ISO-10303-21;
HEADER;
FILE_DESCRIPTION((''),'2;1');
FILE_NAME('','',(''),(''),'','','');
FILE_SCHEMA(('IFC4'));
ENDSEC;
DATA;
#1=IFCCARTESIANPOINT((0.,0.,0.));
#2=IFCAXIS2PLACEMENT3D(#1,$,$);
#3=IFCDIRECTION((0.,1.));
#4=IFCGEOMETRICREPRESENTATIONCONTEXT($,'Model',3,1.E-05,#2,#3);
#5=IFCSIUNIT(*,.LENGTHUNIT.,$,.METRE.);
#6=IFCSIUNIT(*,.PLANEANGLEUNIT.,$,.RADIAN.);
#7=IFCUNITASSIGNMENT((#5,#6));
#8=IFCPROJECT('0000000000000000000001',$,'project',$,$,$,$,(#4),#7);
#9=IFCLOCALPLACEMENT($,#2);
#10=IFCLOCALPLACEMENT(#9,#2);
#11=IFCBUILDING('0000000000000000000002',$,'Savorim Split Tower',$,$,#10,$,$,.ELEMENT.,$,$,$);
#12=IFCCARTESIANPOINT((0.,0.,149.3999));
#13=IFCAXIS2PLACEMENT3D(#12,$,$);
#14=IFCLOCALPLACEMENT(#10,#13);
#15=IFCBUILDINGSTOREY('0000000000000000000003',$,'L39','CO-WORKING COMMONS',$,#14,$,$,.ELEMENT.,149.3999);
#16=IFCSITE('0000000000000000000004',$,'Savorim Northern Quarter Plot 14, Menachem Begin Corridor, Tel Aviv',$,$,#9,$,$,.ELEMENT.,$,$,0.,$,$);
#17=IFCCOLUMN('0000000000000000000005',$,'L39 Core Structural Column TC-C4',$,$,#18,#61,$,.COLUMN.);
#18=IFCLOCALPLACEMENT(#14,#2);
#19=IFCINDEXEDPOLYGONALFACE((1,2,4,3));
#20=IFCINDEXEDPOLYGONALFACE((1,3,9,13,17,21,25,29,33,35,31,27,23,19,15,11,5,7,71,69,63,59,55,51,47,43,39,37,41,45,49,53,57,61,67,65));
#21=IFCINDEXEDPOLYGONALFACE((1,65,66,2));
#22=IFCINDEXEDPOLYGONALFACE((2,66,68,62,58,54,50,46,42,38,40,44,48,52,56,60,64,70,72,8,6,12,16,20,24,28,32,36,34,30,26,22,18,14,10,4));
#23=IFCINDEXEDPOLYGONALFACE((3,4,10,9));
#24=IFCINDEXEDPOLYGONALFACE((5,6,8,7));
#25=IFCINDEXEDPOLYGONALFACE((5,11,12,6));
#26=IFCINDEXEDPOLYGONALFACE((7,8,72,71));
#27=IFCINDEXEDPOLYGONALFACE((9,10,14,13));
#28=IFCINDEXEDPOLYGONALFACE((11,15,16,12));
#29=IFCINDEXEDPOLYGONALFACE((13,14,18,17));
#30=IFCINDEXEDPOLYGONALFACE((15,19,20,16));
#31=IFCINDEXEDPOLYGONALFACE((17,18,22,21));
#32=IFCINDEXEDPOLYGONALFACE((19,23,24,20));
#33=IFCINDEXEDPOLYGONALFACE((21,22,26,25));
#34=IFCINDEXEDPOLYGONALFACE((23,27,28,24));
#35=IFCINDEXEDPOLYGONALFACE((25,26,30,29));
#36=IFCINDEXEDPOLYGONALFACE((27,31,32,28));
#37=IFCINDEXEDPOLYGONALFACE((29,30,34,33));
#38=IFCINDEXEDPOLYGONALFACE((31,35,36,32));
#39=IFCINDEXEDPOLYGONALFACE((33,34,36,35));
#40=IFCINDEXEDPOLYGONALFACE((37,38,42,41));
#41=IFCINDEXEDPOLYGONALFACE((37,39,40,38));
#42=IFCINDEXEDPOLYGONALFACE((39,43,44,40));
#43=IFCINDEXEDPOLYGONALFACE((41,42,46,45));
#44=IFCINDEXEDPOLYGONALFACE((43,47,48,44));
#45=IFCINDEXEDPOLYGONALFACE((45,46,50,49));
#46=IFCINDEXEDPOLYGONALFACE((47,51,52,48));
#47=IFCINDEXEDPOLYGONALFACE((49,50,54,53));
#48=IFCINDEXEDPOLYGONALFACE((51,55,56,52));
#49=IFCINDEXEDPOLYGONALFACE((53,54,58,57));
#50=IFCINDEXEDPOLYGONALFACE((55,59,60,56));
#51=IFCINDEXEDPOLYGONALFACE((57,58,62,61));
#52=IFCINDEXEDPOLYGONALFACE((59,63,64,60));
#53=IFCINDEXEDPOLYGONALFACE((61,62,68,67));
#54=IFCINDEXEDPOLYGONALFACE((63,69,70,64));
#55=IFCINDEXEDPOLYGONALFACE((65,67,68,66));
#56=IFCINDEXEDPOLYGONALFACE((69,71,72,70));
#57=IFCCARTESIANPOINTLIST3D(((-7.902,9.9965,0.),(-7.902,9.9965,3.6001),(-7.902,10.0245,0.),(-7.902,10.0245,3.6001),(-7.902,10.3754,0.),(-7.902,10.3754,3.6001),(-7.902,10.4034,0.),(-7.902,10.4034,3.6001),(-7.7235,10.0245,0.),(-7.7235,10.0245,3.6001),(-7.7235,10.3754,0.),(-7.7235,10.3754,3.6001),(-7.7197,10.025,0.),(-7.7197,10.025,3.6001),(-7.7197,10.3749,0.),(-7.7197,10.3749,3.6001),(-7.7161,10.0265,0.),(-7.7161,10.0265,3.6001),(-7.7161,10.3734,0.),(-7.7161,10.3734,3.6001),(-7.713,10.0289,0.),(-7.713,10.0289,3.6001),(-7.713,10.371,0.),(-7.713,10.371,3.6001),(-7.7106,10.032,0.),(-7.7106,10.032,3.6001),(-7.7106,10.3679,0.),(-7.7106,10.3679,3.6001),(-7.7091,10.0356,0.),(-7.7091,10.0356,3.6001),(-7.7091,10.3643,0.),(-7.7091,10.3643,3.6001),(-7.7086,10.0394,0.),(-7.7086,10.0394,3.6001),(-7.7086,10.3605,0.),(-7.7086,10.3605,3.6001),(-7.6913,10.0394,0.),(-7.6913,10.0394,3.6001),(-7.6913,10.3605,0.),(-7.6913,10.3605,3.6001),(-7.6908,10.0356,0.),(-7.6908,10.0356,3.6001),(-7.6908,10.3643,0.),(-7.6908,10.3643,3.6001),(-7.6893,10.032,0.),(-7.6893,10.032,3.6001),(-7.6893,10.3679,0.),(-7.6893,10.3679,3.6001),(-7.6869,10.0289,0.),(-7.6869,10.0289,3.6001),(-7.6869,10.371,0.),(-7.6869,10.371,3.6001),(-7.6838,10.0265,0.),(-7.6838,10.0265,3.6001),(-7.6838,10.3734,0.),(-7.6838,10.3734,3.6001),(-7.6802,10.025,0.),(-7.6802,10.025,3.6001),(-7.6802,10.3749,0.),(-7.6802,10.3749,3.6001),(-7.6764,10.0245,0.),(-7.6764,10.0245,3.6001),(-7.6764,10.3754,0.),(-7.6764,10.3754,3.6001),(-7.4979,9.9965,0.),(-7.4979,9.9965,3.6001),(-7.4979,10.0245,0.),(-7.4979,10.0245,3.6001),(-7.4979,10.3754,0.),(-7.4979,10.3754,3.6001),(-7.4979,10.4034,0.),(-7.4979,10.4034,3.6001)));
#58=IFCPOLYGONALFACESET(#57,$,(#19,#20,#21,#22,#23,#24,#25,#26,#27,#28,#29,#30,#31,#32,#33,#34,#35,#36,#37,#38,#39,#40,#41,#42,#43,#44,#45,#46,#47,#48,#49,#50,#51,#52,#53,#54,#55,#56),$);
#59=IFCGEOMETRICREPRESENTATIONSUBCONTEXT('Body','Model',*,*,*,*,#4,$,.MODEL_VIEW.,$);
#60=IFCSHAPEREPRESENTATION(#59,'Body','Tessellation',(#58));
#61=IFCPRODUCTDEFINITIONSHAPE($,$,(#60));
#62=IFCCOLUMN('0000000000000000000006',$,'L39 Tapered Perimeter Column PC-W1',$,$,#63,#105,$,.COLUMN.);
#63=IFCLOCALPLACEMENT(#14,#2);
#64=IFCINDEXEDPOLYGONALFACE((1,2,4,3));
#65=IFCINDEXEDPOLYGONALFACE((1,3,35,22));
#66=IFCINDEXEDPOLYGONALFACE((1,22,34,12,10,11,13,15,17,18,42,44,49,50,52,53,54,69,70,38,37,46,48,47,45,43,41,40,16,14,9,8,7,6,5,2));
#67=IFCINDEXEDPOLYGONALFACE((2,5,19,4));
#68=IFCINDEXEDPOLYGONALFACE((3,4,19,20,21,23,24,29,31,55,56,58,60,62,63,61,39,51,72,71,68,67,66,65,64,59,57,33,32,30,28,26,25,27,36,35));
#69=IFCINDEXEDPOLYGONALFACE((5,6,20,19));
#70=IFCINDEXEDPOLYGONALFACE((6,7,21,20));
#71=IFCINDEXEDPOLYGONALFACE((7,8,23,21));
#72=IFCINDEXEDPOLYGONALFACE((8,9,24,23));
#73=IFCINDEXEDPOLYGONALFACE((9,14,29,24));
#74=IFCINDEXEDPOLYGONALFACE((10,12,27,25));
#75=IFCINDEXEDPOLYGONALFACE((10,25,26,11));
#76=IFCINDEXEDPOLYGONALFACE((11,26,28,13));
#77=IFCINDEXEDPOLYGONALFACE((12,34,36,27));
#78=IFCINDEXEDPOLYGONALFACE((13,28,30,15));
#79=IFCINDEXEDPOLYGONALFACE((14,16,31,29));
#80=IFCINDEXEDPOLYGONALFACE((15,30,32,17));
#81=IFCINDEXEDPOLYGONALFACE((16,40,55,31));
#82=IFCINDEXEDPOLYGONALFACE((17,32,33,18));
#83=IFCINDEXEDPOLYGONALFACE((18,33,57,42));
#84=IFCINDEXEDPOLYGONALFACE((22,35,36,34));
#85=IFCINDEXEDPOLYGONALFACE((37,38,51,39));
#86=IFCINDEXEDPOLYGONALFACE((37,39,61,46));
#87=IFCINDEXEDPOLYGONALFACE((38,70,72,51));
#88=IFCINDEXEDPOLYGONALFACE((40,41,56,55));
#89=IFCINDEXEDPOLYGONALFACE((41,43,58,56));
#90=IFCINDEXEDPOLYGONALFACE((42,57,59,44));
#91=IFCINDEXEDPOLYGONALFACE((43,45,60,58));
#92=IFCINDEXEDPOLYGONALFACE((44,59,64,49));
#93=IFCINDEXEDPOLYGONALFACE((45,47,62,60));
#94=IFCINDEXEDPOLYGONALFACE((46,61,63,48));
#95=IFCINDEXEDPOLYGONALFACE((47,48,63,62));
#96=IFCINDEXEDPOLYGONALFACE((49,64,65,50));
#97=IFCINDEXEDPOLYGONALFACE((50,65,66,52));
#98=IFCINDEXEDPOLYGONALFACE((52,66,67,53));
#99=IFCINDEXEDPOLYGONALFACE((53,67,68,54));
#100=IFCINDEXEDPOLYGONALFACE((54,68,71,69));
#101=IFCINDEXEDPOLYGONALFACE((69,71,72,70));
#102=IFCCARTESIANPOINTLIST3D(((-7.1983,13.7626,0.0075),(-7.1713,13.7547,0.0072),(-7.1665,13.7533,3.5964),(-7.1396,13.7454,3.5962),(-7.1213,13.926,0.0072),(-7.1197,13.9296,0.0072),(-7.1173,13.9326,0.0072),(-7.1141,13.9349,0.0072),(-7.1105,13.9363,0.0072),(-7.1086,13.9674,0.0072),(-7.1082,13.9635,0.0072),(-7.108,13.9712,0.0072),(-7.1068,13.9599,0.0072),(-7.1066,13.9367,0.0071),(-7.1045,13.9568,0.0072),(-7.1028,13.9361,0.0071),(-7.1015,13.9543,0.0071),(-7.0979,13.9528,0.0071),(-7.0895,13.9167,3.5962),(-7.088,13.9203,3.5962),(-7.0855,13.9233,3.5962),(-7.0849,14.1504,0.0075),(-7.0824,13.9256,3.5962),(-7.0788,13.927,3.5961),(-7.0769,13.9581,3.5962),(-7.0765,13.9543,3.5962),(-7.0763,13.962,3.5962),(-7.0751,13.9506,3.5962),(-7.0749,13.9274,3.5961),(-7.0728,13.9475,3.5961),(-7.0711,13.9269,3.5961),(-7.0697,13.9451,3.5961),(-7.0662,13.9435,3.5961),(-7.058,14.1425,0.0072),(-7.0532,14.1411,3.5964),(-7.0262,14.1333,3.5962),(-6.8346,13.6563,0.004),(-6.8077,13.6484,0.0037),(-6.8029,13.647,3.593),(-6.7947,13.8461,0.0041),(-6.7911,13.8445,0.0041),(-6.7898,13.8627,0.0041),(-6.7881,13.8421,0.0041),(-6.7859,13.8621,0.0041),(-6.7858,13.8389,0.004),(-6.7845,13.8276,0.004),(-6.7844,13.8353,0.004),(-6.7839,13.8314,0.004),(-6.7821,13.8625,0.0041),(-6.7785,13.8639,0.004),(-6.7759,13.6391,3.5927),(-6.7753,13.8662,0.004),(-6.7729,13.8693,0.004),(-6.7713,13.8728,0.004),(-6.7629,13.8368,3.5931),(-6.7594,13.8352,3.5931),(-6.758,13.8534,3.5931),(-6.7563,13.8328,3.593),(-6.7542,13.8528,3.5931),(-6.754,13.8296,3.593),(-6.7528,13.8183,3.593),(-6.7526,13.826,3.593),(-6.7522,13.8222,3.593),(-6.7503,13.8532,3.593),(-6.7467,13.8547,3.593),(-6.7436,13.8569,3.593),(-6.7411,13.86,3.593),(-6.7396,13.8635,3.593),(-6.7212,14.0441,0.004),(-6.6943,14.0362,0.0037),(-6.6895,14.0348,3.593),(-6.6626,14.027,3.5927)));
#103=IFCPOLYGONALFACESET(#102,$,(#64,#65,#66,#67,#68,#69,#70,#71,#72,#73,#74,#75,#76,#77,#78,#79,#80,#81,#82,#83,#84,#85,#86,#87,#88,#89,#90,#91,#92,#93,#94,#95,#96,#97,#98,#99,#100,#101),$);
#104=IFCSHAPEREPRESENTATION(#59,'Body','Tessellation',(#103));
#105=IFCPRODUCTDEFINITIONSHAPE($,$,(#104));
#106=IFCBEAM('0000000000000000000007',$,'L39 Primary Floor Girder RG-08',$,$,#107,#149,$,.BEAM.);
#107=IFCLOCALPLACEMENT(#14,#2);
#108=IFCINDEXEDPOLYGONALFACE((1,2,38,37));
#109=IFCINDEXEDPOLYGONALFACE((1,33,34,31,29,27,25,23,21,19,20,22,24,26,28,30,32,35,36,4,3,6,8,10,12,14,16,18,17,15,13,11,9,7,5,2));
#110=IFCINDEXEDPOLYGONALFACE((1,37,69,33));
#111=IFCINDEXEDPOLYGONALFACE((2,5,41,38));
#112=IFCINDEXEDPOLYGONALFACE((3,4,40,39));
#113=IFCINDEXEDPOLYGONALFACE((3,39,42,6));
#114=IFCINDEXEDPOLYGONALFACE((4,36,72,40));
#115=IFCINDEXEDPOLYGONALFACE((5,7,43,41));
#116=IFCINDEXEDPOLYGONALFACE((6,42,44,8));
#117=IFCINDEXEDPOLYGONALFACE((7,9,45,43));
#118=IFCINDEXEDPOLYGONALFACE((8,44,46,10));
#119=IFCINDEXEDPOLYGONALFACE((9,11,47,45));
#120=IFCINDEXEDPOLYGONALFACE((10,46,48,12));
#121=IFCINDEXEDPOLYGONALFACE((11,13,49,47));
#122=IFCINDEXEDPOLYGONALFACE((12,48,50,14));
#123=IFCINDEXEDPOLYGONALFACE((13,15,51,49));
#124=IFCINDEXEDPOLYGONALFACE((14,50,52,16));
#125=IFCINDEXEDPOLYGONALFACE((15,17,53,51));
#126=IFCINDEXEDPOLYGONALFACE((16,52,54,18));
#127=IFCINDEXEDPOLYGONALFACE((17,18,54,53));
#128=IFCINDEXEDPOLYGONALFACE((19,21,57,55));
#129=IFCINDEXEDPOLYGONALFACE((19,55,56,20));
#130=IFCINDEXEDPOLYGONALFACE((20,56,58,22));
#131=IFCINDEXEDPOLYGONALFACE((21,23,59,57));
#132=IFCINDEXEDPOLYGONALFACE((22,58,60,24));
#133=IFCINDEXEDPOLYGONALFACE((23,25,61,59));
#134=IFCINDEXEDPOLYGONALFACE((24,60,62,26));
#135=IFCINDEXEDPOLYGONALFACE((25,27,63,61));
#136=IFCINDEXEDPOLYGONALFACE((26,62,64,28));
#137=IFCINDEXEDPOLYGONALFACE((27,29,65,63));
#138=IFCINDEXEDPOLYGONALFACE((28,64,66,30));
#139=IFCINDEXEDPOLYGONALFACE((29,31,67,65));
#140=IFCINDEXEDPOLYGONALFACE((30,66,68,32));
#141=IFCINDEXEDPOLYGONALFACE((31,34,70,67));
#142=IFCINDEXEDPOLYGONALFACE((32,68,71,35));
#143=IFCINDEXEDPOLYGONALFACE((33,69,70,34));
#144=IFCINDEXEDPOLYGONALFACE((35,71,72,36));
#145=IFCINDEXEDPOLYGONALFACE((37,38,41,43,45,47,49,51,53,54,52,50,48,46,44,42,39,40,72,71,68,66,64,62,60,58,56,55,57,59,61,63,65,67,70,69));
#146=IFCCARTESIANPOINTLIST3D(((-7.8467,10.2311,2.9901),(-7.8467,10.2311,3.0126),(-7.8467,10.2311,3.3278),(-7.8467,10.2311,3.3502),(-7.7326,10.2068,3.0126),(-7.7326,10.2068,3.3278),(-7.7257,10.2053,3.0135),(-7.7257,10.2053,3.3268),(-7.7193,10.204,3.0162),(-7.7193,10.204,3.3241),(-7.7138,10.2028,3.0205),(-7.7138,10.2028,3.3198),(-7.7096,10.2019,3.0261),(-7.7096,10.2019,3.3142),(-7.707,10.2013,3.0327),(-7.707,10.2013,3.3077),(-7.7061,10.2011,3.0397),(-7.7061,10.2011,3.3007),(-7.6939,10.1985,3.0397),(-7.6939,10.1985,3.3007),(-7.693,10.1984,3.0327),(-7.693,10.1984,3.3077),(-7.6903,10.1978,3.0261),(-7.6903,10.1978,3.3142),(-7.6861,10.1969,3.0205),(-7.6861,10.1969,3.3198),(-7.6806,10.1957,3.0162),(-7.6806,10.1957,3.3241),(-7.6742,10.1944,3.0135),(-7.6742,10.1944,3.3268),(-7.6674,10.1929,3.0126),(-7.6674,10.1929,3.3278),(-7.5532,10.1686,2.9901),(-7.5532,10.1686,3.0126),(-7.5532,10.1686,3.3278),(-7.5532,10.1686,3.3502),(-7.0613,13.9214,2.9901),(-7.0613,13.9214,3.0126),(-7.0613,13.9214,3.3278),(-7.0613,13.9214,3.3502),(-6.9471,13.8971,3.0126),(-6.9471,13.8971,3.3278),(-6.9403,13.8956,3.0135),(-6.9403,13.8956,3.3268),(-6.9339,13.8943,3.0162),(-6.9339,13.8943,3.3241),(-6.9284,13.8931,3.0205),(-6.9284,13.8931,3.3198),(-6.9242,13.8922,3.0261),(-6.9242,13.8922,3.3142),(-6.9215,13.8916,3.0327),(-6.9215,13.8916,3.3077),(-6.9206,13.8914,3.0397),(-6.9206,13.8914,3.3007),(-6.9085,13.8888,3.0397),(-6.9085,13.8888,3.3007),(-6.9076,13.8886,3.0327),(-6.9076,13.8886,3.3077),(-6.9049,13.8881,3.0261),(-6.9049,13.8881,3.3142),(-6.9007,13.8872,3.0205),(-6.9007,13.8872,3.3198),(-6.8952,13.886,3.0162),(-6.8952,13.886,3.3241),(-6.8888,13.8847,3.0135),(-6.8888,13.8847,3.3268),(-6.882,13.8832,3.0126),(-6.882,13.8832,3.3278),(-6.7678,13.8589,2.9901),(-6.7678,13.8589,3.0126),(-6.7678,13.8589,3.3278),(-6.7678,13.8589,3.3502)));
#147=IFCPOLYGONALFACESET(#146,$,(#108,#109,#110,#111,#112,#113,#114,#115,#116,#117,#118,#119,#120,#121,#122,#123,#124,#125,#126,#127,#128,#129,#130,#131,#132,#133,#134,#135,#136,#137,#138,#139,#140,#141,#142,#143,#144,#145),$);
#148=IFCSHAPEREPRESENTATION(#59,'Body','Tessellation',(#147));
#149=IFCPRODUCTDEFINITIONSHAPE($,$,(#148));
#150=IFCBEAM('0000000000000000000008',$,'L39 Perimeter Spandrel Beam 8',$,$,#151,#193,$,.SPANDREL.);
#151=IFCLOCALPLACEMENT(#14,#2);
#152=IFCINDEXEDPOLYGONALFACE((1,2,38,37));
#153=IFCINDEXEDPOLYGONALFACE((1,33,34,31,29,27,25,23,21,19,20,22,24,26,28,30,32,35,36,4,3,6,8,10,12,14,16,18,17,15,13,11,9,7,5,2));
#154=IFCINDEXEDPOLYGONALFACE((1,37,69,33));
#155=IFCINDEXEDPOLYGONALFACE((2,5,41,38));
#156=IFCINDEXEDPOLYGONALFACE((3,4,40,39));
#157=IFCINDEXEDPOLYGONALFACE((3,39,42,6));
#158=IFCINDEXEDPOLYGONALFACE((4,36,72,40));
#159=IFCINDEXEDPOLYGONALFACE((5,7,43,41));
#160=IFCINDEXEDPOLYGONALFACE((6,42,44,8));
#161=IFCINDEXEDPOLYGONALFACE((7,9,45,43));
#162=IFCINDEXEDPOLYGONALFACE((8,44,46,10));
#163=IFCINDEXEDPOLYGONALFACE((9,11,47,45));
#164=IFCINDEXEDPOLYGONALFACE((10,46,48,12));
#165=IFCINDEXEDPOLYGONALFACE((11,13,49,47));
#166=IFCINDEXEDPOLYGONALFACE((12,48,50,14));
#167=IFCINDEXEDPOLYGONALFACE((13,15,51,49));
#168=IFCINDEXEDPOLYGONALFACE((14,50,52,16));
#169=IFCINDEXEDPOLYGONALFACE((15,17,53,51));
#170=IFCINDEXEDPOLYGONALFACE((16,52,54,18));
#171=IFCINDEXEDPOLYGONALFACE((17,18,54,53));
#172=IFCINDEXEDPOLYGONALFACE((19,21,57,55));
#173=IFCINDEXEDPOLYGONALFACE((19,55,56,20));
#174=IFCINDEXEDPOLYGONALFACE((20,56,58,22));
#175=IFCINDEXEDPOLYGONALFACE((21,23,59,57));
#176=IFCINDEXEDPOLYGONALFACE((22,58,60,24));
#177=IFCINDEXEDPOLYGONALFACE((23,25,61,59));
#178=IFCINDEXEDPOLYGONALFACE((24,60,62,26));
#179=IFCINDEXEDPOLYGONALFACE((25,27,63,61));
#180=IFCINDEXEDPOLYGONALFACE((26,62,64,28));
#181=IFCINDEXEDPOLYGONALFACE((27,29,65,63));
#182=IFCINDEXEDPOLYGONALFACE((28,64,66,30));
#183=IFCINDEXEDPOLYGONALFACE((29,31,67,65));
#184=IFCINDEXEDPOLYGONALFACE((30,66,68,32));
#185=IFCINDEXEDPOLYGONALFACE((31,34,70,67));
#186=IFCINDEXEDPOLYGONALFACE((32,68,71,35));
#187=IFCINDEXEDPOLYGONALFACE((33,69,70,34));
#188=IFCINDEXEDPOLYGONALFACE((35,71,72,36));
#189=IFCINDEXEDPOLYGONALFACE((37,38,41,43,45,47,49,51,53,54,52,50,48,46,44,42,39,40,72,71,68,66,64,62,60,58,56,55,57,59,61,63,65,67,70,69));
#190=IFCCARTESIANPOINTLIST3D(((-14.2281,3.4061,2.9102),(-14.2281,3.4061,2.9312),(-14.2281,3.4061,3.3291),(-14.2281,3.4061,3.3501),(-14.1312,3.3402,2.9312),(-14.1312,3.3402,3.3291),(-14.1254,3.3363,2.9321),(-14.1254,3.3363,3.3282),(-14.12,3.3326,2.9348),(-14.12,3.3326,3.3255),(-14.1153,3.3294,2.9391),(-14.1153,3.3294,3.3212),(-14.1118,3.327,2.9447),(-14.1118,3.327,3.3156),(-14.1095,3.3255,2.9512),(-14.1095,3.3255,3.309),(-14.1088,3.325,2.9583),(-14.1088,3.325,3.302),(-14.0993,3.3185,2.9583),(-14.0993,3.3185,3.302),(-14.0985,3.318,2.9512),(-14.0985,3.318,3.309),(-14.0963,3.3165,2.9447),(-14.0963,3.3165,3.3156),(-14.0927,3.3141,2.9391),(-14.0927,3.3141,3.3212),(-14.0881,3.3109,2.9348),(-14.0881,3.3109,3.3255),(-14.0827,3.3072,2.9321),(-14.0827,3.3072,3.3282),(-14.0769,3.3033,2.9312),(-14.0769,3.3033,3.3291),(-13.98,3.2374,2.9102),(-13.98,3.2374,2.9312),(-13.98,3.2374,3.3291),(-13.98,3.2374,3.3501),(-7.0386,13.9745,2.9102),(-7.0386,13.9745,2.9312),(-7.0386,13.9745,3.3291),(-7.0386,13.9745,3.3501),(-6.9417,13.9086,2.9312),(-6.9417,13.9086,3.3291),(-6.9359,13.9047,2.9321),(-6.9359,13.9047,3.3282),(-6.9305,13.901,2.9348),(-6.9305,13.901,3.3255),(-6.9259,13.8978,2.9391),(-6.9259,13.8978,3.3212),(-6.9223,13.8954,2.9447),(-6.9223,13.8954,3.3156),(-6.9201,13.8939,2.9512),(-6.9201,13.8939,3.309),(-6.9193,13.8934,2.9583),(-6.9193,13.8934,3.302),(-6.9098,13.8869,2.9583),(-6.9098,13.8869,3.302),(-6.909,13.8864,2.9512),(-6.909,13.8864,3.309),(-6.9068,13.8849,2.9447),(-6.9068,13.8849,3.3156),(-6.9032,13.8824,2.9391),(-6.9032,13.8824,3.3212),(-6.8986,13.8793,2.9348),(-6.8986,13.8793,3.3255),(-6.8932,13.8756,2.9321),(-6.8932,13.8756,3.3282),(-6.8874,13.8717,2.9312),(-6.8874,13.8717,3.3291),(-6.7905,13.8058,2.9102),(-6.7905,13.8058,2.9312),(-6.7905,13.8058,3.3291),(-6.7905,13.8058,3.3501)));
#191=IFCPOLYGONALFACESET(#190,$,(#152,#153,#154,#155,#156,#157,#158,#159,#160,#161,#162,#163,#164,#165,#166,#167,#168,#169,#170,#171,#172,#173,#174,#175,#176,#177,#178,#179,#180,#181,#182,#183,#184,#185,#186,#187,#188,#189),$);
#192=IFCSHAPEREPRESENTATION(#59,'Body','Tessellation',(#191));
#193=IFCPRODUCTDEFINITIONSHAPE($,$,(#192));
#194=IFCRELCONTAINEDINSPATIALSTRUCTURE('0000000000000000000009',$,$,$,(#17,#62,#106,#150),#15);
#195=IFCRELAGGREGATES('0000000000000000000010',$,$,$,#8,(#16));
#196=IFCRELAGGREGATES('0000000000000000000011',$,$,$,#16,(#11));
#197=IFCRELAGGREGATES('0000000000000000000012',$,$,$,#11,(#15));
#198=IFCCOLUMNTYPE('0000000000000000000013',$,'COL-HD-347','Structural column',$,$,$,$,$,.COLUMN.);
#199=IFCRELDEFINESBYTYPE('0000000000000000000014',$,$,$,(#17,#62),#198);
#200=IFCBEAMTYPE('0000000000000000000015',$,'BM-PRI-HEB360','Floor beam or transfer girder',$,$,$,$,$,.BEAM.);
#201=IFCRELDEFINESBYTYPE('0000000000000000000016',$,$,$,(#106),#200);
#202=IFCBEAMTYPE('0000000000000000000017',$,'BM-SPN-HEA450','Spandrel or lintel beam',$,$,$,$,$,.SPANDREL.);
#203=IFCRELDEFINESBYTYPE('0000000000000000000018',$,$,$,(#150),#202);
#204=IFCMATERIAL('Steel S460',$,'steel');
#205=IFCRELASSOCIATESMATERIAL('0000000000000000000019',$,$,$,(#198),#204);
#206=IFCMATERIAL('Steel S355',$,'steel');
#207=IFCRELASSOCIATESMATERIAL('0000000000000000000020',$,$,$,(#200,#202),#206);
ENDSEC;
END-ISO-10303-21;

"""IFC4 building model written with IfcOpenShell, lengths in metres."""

from ifc_helpers import new_model, si_unit, direction, frame, origin, origin_2d, place, context, subcontext, project, spatial, i_section, extrude, material, material_profile, profile_set, type_object, element, save


model = new_model("IFC4")

# Units and contexts
model_context = context("Model", 3, precision=1e-05, world=origin(), true_north=direction((0.0, 1.0)))
body_context = subcontext(model_context, "Body", "Model", "MODEL_VIEW")
ifc_project = project(units=[si_unit("LENGTHUNIT", "METRE"), si_unit("PLANEANGLEUNIT", "RADIAN")], contexts=[model_context])

# Site, building, storey
site_placement = place(None, origin())
site = spatial("IfcSite", under=ifc_project, at=site_placement, Name="Savorim Northern Quarter Plot 14, Menachem Begin Corridor, Tel Aviv", CompositionType="ELEMENT", RefElevation=0.0)
building_placement = place(site_placement, origin())
building = spatial("IfcBuilding", under=site, at=building_placement, Name="Savorim Split Tower", CompositionType="ELEMENT")
storey_placement = place(building_placement, frame((0.0, 0.0, 149.3999)))
storey = spatial("IfcBuildingStorey", under=building, at=storey_placement, Name="L39", Description="CO-WORKING COMMONS", CompositionType="ELEMENT", Elevation=149.3999)

# Columns
ifc_material_1 = material(Name="Steel S460", Category="steel")
ifc_material_profile_1 = material_profile(ifc_material_1, i_section(OverallWidth=0.4041, OverallDepth=0.407, WebThickness=0.0173, FlangeThickness=0.0281, FilletRadius=0.0149, at=origin_2d()), Name="HD 400x347")
ifc_profile_set_1 = profile_set([ifc_material_profile_1], Name="Steel S460")
column_type = type_object("IfcColumnType", Name="COL-HD-347", Description="Structural column", PredefinedType="COLUMN", material=ifc_profile_set_1)
column_1_placement = place(storey_placement, frame((-7.7, 10.2, 0.0), z_axis=(0.0, 0.0, 1.0), x_axis=(1.0, 0.0, 0.0)))
element("IfcColumn", 1, at=column_1_placement, inside=storey, type_object=column_type, Name="L39 Core Structural Column TC-C4", PredefinedType="COLUMN", context=body_context, shape_type="SweptSolid", body=[
    extrude(i_section(OverallWidth=0.4041, OverallDepth=0.407, WebThickness=0.0173, FlangeThickness=0.0281, FilletRadius=0.0149, at=origin_2d()), origin(), (0.0, 0.0, 1.0), 3.6001),
])
column_2_placement = place(storey_placement, frame((-6.9463, 13.8994, 0.0056), z_axis=(0.008843, -0.002585, 0.999958), x_axis=(0.280567, 0.959834, 0.0)))
element("IfcColumn", 2, at=column_2_placement, inside=storey, type_object=column_type, Name="L39 Tapered Perimeter Column PC-W1", PredefinedType="COLUMN", context=body_context, shape_type="SweptSolid", body=[
    extrude(i_section(OverallWidth=0.4041, OverallDepth=0.407, WebThickness=0.0173, FlangeThickness=0.0281, FilletRadius=0.0149, at=origin_2d()), origin(), (0.0, 0.0, 1.0), 3.5891),
])

# Beams
ifc_material_2 = material(Name="Steel S355", Category="steel")
ifc_material_profile_2 = material_profile(ifc_material_2, i_section(OverallWidth=0.3, OverallDepth=0.3601, WebThickness=0.0125, FlangeThickness=0.0225, FilletRadius=0.0271, at=origin_2d()), Name="HEB 360")
ifc_profile_set_2 = profile_set([ifc_material_profile_2], Name="Steel S355")
beam_type_1 = type_object("IfcBeamType", Name="BM-PRI-HEB360", Description="Floor beam or transfer girder", PredefinedType="BEAM", material=ifc_profile_set_2)
beam_1_placement = place(storey_placement, frame((-6.9146, 13.8901, 3.1702), z_axis=(-0.208172, -0.978092, 0.0), x_axis=(0.978092, -0.208172, 0.0)))
element("IfcBeam", 3, at=beam_1_placement, inside=storey, type_object=beam_type_1, Name="L39 Primary Floor Girder RG-08", PredefinedType="BEAM", context=body_context, shape_type="SweptSolid", body=[
    extrude(i_section(OverallWidth=0.3, OverallDepth=0.3601, WebThickness=0.0125, FlangeThickness=0.0225, FilletRadius=0.0271, at=origin_2d()), origin(), (0.0, 0.0, 1.0), 3.7729),
])
ifc_material_profile_3 = material_profile(ifc_material_2, i_section(OverallWidth=0.3, OverallDepth=0.4399, WebThickness=0.0115, FlangeThickness=0.021, FilletRadius=0.0271, at=origin_2d()), Name="HEA 450")
ifc_profile_set_3 = profile_set([ifc_material_profile_3], Name="Steel S355")
beam_type_2 = type_object("IfcBeamType", Name="BM-SPN-HEA450", Description="Spandrel or lintel beam", PredefinedType="SPANDREL", material=ifc_profile_set_3)
beam_2_placement = place(storey_placement, frame((-6.9146, 13.8901, 3.1301), z_axis=(-0.562469, -0.826818, 0.0), x_axis=(0.826818, -0.562469, 0.0)))
element("IfcBeam", 4, at=beam_2_placement, inside=storey, type_object=beam_type_2, Name="L39 Perimeter Spandrel Beam 8", PredefinedType="SPANDREL", context=body_context, shape_type="SweptSolid", body=[
    extrude(i_section(OverallWidth=0.3, OverallDepth=0.4399, WebThickness=0.0115, FlangeThickness=0.021, FilletRadius=0.0271, at=origin_2d()), origin(), (0.0, 0.0, 1.0), 12.782),
])

save(model, "model.ifc")
